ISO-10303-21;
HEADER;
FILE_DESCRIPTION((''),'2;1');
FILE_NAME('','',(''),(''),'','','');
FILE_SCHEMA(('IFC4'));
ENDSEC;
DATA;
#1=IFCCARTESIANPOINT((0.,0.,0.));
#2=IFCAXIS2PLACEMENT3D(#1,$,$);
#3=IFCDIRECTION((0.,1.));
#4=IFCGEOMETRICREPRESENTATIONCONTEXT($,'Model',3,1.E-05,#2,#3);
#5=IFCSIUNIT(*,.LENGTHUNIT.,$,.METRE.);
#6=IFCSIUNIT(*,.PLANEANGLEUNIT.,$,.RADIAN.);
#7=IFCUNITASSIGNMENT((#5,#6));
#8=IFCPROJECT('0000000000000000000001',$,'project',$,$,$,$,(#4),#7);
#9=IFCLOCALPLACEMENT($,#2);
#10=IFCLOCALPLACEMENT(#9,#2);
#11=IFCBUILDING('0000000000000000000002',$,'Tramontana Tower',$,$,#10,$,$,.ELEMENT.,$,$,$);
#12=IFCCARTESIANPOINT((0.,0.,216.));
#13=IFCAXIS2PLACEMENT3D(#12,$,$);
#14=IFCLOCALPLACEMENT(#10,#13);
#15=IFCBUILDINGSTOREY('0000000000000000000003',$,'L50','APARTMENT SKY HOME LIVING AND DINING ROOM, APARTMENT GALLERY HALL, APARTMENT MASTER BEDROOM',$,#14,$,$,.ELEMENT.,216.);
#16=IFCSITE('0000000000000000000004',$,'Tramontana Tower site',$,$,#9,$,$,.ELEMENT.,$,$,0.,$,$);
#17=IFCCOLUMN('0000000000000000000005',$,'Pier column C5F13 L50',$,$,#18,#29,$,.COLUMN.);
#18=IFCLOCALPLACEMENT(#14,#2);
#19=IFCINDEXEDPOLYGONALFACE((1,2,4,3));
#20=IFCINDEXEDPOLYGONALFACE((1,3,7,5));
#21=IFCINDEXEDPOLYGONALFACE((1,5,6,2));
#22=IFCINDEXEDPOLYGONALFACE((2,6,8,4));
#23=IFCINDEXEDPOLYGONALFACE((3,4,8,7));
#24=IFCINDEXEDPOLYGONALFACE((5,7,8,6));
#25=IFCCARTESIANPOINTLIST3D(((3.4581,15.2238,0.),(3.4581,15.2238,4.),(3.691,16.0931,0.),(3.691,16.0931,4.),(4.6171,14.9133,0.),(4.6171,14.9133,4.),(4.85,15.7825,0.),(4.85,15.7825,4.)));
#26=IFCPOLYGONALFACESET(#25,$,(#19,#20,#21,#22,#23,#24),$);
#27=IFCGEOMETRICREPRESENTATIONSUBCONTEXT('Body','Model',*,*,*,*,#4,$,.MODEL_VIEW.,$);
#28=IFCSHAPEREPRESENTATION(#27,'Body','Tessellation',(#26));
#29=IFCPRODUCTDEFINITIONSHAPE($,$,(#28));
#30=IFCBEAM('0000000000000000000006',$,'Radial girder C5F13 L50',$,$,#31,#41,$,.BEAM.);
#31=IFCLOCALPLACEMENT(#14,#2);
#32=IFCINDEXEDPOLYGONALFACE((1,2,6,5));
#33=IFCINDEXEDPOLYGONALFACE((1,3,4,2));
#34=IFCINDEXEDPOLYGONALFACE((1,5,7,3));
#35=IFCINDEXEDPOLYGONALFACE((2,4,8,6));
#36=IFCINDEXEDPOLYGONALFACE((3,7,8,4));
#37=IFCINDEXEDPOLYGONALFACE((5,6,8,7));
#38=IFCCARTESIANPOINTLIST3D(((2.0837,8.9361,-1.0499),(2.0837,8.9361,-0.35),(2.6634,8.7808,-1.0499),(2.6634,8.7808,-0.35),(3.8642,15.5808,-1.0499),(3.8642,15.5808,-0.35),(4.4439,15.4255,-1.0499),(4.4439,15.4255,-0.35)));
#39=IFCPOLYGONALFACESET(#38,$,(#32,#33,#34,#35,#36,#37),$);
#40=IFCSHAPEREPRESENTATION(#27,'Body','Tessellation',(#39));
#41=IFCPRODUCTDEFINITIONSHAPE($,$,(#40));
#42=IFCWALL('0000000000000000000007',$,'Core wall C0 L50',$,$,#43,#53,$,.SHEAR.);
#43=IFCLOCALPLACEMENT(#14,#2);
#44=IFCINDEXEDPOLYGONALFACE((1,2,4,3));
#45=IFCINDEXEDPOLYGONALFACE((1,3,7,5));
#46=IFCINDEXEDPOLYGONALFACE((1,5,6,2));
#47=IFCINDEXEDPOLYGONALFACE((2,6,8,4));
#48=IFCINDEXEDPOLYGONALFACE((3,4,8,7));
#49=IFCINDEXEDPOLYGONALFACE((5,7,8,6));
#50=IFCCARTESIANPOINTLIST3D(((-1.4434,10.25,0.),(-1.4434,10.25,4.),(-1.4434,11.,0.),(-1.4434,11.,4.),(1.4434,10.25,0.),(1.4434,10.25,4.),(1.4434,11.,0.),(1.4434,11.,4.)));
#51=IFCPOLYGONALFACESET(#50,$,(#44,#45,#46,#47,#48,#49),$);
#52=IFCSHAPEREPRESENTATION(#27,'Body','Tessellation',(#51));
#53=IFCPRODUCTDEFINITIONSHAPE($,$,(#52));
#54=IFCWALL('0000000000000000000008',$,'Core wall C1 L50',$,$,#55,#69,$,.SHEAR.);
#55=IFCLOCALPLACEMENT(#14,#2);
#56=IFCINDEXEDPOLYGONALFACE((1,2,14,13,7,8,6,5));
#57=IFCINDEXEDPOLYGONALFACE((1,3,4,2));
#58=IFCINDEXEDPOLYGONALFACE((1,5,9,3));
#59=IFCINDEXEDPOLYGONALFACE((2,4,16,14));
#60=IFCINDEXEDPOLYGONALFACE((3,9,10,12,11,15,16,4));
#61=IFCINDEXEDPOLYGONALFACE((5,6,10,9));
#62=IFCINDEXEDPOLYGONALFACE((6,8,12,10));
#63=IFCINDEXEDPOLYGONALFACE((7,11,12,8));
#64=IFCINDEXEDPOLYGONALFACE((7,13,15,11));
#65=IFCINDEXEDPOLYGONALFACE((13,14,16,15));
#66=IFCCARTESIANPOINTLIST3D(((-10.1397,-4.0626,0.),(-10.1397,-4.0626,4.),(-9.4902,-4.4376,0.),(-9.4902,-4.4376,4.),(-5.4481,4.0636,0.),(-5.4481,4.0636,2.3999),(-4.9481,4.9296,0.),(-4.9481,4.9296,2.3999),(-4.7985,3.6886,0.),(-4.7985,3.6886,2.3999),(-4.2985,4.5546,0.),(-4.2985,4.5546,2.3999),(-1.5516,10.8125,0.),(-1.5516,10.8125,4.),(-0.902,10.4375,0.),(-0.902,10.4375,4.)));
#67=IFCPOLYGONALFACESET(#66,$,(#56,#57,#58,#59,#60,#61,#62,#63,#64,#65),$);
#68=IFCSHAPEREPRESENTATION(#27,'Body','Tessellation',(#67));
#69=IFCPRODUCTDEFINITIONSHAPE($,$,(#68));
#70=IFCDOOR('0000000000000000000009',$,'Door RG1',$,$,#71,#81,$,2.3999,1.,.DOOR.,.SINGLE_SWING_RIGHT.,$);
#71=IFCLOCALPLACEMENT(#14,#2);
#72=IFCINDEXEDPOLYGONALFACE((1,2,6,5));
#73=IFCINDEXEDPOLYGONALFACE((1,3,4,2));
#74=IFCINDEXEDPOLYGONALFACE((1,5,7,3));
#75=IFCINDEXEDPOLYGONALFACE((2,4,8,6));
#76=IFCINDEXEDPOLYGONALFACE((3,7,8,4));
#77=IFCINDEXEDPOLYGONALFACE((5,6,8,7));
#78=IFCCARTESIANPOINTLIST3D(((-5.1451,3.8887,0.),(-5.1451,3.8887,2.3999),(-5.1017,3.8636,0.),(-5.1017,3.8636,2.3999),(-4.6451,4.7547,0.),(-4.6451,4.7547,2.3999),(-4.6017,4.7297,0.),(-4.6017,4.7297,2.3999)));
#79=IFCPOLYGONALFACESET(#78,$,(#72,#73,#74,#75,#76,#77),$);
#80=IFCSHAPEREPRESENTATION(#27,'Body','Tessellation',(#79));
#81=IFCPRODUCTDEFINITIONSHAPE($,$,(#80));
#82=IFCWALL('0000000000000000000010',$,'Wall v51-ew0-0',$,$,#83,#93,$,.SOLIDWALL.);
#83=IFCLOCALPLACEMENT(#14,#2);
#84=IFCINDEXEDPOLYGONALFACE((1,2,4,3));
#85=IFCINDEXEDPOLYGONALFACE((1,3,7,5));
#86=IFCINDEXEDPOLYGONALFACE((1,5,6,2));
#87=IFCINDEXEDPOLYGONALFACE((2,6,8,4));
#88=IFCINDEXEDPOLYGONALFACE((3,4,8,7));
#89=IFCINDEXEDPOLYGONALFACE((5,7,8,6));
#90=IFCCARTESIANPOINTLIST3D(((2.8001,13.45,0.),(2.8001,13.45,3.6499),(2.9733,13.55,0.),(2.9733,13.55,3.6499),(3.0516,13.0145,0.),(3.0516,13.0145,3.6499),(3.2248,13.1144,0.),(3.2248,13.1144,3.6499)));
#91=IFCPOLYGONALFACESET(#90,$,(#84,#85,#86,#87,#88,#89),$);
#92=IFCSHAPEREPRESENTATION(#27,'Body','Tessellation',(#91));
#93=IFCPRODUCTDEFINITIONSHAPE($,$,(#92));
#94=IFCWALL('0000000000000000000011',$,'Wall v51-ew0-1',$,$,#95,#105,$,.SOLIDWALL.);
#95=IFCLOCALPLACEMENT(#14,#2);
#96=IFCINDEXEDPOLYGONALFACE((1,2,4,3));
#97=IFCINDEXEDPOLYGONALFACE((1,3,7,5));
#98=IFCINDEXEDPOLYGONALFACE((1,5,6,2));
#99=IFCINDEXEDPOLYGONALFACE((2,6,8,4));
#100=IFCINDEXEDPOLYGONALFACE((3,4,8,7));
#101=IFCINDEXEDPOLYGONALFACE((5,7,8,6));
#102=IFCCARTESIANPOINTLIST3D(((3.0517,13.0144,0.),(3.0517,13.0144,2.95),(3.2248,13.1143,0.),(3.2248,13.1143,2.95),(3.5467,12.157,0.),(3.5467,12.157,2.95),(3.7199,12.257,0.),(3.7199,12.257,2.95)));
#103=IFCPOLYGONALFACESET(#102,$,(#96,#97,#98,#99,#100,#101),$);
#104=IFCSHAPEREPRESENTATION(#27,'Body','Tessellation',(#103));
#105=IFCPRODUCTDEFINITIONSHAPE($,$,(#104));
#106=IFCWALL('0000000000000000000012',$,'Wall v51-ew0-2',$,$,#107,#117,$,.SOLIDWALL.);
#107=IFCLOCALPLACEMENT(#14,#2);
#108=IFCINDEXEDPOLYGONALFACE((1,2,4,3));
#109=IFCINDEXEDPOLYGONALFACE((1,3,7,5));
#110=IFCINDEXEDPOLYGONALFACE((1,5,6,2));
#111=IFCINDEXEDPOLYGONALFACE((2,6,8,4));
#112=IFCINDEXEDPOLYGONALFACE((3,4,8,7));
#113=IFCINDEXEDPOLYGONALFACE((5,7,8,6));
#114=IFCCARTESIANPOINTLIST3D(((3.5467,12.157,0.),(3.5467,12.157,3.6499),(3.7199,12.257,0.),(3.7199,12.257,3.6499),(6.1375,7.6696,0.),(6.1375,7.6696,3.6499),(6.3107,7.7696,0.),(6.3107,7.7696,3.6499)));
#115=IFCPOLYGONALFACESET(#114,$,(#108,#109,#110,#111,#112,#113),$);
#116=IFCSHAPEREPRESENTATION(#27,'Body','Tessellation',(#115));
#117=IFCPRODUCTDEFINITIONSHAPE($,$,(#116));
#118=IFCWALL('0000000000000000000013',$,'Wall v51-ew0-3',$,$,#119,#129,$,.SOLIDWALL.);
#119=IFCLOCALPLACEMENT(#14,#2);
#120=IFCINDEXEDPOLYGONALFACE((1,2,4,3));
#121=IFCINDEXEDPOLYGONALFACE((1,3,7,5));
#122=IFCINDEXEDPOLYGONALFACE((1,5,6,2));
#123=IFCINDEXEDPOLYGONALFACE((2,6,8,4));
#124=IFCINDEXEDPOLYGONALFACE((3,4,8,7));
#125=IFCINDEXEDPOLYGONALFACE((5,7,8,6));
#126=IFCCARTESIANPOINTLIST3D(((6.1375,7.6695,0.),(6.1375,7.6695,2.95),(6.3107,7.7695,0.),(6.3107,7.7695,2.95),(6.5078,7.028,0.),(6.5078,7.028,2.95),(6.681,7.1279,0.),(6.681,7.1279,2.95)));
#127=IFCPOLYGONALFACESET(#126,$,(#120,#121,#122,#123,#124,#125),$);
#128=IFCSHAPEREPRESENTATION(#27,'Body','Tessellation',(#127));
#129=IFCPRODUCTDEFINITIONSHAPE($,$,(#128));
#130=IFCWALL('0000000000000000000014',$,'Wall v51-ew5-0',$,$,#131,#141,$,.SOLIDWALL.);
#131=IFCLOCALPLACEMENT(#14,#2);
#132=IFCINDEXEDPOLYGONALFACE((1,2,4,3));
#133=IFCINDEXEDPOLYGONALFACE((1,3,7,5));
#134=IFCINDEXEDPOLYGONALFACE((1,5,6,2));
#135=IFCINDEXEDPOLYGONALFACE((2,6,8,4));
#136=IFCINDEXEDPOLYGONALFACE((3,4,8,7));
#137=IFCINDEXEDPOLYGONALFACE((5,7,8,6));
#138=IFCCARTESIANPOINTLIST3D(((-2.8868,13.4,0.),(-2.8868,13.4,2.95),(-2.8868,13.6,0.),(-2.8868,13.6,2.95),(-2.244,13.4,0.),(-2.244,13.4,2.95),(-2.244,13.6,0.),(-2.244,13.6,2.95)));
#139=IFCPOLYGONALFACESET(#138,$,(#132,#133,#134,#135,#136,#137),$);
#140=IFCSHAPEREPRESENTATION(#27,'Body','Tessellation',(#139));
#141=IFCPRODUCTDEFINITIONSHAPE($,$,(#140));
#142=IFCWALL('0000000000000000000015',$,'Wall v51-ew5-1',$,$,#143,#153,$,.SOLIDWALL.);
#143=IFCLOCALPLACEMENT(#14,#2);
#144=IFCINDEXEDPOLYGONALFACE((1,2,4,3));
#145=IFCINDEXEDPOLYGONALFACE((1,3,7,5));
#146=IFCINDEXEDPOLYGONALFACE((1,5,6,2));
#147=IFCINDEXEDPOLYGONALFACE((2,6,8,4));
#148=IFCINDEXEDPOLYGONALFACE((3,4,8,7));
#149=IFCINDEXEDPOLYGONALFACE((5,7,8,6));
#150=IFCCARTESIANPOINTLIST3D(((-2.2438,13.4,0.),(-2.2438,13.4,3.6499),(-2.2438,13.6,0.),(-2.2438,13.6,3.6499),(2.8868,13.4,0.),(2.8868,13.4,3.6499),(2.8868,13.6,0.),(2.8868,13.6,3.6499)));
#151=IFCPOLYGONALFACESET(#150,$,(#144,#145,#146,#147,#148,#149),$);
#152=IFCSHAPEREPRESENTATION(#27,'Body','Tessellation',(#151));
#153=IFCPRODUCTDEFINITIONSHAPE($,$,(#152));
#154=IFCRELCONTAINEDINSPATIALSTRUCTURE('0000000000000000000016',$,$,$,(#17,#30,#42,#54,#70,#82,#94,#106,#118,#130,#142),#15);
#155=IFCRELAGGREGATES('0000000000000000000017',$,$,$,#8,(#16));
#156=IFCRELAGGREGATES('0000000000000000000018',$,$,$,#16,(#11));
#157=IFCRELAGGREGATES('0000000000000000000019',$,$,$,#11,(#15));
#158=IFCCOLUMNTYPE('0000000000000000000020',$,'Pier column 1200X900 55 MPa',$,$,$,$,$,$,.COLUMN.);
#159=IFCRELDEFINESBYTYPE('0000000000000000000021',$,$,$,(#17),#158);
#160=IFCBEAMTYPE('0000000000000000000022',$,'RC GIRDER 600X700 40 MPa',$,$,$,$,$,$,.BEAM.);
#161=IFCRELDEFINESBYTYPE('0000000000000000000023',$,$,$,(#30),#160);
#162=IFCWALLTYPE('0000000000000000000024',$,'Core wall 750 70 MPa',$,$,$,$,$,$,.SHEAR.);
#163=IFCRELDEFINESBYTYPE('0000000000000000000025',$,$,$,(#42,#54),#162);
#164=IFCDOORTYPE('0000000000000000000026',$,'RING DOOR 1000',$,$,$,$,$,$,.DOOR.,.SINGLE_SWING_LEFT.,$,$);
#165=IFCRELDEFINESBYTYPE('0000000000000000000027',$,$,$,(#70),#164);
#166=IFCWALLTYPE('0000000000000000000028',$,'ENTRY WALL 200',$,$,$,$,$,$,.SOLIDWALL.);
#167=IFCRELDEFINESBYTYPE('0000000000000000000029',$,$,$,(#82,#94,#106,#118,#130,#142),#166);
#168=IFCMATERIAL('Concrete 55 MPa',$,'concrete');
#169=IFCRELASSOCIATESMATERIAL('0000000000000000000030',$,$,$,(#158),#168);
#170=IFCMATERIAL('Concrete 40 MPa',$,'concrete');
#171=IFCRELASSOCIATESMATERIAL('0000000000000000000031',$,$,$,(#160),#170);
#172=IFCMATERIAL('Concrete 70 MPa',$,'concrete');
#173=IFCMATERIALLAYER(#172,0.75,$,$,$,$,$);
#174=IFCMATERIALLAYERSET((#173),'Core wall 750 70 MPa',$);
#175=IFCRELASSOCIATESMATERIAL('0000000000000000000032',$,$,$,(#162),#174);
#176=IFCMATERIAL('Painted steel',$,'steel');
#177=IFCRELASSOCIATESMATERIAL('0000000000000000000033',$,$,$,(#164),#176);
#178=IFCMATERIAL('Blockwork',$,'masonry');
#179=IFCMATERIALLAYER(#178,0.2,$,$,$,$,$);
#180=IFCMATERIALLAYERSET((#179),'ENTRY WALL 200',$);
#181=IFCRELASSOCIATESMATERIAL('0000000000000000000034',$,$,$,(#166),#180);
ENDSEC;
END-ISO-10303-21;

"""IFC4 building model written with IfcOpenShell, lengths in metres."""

from ifc_helpers import new_model, si_unit, direction, frame, frame_2d, origin, origin_2d, place, context, subcontext, project, spatial, rectangle, extrude, material, layer, layer_set, material_profile, profile_set, type_object, element, fill, save


model = new_model("IFC4")

# Units and contexts
model_context = context("Model", 3, precision=1e-05, world=origin(), true_north=direction((0.0, 1.0)))
body_context = subcontext(model_context, "Body", "Model", "MODEL_VIEW")
ifc_project = project(units=[si_unit("LENGTHUNIT", "METRE"), si_unit("PLANEANGLEUNIT", "RADIAN")], contexts=[model_context])

# Site, building, storey
site_placement = place(None, origin())
site = spatial("IfcSite", under=ifc_project, at=site_placement, Name="Tramontana Tower site", CompositionType="ELEMENT", RefElevation=0.0)
building_placement = place(site_placement, origin())
building = spatial("IfcBuilding", under=site, at=building_placement, Name="Tramontana Tower", CompositionType="ELEMENT")
storey_placement = place(building_placement, frame((0.0, 0.0, 216.0)))
storey = spatial("IfcBuildingStorey", under=building, at=storey_placement, Name="L50", Description="APARTMENT SKY HOME LIVING AND DINING ROOM, APARTMENT GALLERY HALL, APARTMENT MASTER BEDROOM", CompositionType="ELEMENT", Elevation=216.0)

# Column
ifc_material_1 = material(Name="Concrete 55 MPa", Category="concrete")
ifc_material_profile_1 = material_profile(ifc_material_1, rectangle(XDim=1.2, YDim=0.8999, at=origin_2d()), Name="Pier column 1200X900 55 MPa")
ifc_profile_set_1 = profile_set([ifc_material_profile_1], Name="Concrete 55 MPa")
column_type = type_object("IfcColumnType", Name="Pier column 1200X900 55 MPa", PredefinedType="COLUMN", material=ifc_profile_set_1)
column_placement = place(storey_placement, frame((4.1541, 15.5032, 0.0), z_axis=(0.0, 0.0, 1.0), x_axis=(-0.965926, 0.258819, 0.0)))
element("IfcColumn", 1, at=column_placement, inside=storey, type_object=column_type, Name="Pier column C5F13 L50", PredefinedType="COLUMN", context=body_context, shape_type="SweptSolid", body=[
    extrude(rectangle(XDim=1.2, YDim=0.8999, at=origin_2d()), origin(), (0.0, 0.0, 1.0), 4.0),
])

# Beam
ifc_material_2 = material(Name="Concrete 40 MPa", Category="concrete")
ifc_material_profile_2 = material_profile(ifc_material_2, rectangle(XDim=0.6001, YDim=0.7, at=origin_2d()), Name="RC GIRDER 600X700 40 MPa")
ifc_profile_set_2 = profile_set([ifc_material_profile_2], Name="Concrete 40 MPa")
beam_type = type_object("IfcBeamType", Name="RC GIRDER 600X700 40 MPa", PredefinedType="BEAM", material=ifc_profile_set_2)
beam_placement = place(storey_placement, frame((4.1541, 15.5032, -0.7), z_axis=(-0.258827, -0.965924, 0.0), x_axis=(0.965924, -0.258827, 0.0)))
element("IfcBeam", 2, at=beam_placement, inside=storey, type_object=beam_type, Name="Radial girder C5F13 L50", PredefinedType="BEAM", context=body_context, shape_type="SweptSolid", body=[
    extrude(rectangle(XDim=0.6001, YDim=0.7, at=origin_2d()), origin(), (0.0, 0.0, 1.0), 6.8792),
])

# Wall
ifc_material_3 = material(Name="Concrete 70 MPa", Category="concrete")
ifc_layer_1 = layer(ifc_material_3, 0.75)
ifc_layer_set_1 = layer_set([ifc_layer_1], Name="Core wall 750 70 MPa")
wall_type_1 = type_object("IfcWallType", Name="Core wall 750 70 MPa", PredefinedType="SHEAR", material=ifc_layer_set_1)
wall_1_placement = place(storey_placement, frame((1.4434, 10.625, 0.0), z_axis=(0.0, 0.0, 1.0), x_axis=(-1.0, 0.0, 0.0)))
element("IfcWall", 3, at=wall_1_placement, inside=storey, type_object=wall_type_1, Name="Core wall C0 L50", PredefinedType="SHEAR", context=body_context, shape_type="SweptSolid", body=[
    extrude(rectangle(XDim=2.8867, YDim=0.75, at=frame_2d((1.4434, 0.0))), origin(), (0.0, 0.0, 1.0), 4.0),
])

# Wall, opening, door
wall_2_placement = place(storey_placement, frame((-1.2268, 10.625, 0.0), z_axis=(0.0, 0.0, 1.0), x_axis=(-0.500002, -0.866024, 0.0)))
wall_2 = element("IfcWall", 4, at=wall_2_placement, inside=storey, type_object=wall_type_1, Name="Core wall C1 L50", PredefinedType="SHEAR", context=body_context, shape_type="SweptSolid", body=[
    extrude(rectangle(XDim=17.1763, YDim=0.75, at=frame_2d((8.5881, 0.0))), origin(), (0.0, 0.0, 1.0), 4.0),
])
opening_1_placement = place(wall_2_placement, frame((6.793, 0.0, 0.0)))
opening_1 = element("IfcOpeningElement", 5, at=opening_1_placement, cuts=wall_2, PredefinedType="OPENING", context=body_context, shape_type="SweptSolid", body=[
    extrude(rectangle(XDim=1.0, YDim=2.3999, at=frame_2d((0.5, 1.2))), frame((0.0, 0.385, 0.0), z_axis=(0.0, -1.0, 0.0), x_axis=(1.0, 0.0, 0.0)), (0.0, 0.0, 1.0), 0.77),
])
ifc_material_4 = material(Name="Painted steel", Category="steel")
door_type_1 = type_object("IfcDoorType", Name="RING DOOR 1000", OperationType="SINGLE_SWING_LEFT", PredefinedType="DOOR", material=ifc_material_4)
door_1_placement = place(opening_1_placement, origin())
door_1 = element("IfcDoor", 6, at=door_1_placement, inside=storey, type_object=door_type_1, Name="Door RG1", OperationType="SINGLE_SWING_RIGHT", OverallHeight=2.3999, OverallWidth=1.0, PredefinedType="DOOR", context=body_context, shape_type="SweptSolid", body=[
    extrude(rectangle(XDim=1.0, YDim=2.3999, at=frame_2d((0.5, 1.2))), frame((0.0, 0.0249, 0.0), z_axis=(0.0, -1.0, 0.0), x_axis=(1.0, 0.0, 0.0)), (0.0, 0.0, 1.0), 0.05),
])
fill(opening_1, door_1)

# Walls
ifc_material_5 = material(Name="Blockwork", Category="masonry")
ifc_layer_2 = layer(ifc_material_5, 0.2)
ifc_layer_set_2 = layer_set([ifc_layer_2], Name="ENTRY WALL 200")
wall_type_2 = type_object("IfcWallType", Name="ENTRY WALL 200", PredefinedType="SOLIDWALL", material=ifc_layer_set_2)
wall_3_placement = place(storey_placement, frame((2.8867, 13.5, 0.0), z_axis=(0.0, 0.0, 1.0), x_axis=(0.500003, -0.866024, 0.0)))
element("IfcWall", 7, at=wall_3_placement, inside=storey, type_object=wall_type_2, Name="Wall v51-ew0-0", PredefinedType="SOLIDWALL", context=body_context, shape_type="SweptSolid", body=[
    extrude(rectangle(XDim=0.5029, YDim=0.2, at=frame_2d((0.2515, 0.0))), origin(), (0.0, 0.0, 1.0), 3.6499),
])
wall_4_placement = place(storey_placement, frame((3.1382, 13.0645, 0.0), z_axis=(0.0, 0.0, 1.0), x_axis=(0.500064, -0.865988, 0.0)))
element("IfcWall", 8, at=wall_4_placement, inside=storey, type_object=wall_type_2, Name="Wall v51-ew0-1", PredefinedType="SOLIDWALL", context=body_context, shape_type="SweptSolid", body=[
    extrude(rectangle(XDim=0.99, YDim=0.2, at=frame_2d((0.4951, 0.0))), origin(), (0.0, 0.0, 1.0), 2.95),
])
wall_5_placement = place(storey_placement, frame((3.6333, 12.207, 0.0), z_axis=(0.0, 0.0, 1.0), x_axis=(0.49999, -0.866031, 0.0)))
element("IfcWall", 9, at=wall_5_placement, inside=storey, type_object=wall_type_2, Name="Wall v51-ew0-2", PredefinedType="SOLIDWALL", context=body_context, shape_type="SweptSolid", body=[
    extrude(rectangle(XDim=5.1816, YDim=0.2, at=frame_2d((2.5908, 0.0))), origin(), (0.0, 0.0, 1.0), 3.6499),
])
wall_6_placement = place(storey_placement, frame((6.2241, 7.7195, 0.0), z_axis=(0.0, 0.0, 1.0), x_axis=(0.499932, -0.866065, 0.0)))
element("IfcWall", 10, at=wall_6_placement, inside=storey, type_object=wall_type_2, Name="Wall v51-ew0-3", PredefinedType="SOLIDWALL", context=body_context, shape_type="SweptSolid", body=[
    extrude(rectangle(XDim=0.7407, YDim=0.2, at=frame_2d((0.3704, 0.0))), origin(), (0.0, 0.0, 1.0), 2.95),
])
wall_7_placement = place(storey_placement, frame((-2.8867, 13.5, 0.0), z_axis=(0.0, 0.0, 1.0), x_axis=(1.0, 0.0, 0.0)))
element("IfcWall", 11, at=wall_7_placement, inside=storey, type_object=wall_type_2, Name="Wall v51-ew5-0", PredefinedType="SOLIDWALL", context=body_context, shape_type="SweptSolid", body=[
    extrude(rectangle(XDim=0.6428, YDim=0.2, at=frame_2d((0.3213, 0.0))), origin(), (0.0, 0.0, 1.0), 2.95),
])
wall_8_placement = place(storey_placement, frame((-2.2439, 13.5, 0.0), z_axis=(0.0, 0.0, 1.0), x_axis=(1.0, 0.0, 0.0)))
element("IfcWall", 12, at=wall_8_placement, inside=storey, type_object=wall_type_2, Name="Wall v51-ew5-1", PredefinedType="SOLIDWALL", context=body_context, shape_type="SweptSolid", body=[
    extrude(rectangle(XDim=5.1306, YDim=0.2, at=frame_2d((2.5654, 0.0))), origin(), (0.0, 0.0, 1.0), 3.6499),
])

save(model, "model.ifc")
